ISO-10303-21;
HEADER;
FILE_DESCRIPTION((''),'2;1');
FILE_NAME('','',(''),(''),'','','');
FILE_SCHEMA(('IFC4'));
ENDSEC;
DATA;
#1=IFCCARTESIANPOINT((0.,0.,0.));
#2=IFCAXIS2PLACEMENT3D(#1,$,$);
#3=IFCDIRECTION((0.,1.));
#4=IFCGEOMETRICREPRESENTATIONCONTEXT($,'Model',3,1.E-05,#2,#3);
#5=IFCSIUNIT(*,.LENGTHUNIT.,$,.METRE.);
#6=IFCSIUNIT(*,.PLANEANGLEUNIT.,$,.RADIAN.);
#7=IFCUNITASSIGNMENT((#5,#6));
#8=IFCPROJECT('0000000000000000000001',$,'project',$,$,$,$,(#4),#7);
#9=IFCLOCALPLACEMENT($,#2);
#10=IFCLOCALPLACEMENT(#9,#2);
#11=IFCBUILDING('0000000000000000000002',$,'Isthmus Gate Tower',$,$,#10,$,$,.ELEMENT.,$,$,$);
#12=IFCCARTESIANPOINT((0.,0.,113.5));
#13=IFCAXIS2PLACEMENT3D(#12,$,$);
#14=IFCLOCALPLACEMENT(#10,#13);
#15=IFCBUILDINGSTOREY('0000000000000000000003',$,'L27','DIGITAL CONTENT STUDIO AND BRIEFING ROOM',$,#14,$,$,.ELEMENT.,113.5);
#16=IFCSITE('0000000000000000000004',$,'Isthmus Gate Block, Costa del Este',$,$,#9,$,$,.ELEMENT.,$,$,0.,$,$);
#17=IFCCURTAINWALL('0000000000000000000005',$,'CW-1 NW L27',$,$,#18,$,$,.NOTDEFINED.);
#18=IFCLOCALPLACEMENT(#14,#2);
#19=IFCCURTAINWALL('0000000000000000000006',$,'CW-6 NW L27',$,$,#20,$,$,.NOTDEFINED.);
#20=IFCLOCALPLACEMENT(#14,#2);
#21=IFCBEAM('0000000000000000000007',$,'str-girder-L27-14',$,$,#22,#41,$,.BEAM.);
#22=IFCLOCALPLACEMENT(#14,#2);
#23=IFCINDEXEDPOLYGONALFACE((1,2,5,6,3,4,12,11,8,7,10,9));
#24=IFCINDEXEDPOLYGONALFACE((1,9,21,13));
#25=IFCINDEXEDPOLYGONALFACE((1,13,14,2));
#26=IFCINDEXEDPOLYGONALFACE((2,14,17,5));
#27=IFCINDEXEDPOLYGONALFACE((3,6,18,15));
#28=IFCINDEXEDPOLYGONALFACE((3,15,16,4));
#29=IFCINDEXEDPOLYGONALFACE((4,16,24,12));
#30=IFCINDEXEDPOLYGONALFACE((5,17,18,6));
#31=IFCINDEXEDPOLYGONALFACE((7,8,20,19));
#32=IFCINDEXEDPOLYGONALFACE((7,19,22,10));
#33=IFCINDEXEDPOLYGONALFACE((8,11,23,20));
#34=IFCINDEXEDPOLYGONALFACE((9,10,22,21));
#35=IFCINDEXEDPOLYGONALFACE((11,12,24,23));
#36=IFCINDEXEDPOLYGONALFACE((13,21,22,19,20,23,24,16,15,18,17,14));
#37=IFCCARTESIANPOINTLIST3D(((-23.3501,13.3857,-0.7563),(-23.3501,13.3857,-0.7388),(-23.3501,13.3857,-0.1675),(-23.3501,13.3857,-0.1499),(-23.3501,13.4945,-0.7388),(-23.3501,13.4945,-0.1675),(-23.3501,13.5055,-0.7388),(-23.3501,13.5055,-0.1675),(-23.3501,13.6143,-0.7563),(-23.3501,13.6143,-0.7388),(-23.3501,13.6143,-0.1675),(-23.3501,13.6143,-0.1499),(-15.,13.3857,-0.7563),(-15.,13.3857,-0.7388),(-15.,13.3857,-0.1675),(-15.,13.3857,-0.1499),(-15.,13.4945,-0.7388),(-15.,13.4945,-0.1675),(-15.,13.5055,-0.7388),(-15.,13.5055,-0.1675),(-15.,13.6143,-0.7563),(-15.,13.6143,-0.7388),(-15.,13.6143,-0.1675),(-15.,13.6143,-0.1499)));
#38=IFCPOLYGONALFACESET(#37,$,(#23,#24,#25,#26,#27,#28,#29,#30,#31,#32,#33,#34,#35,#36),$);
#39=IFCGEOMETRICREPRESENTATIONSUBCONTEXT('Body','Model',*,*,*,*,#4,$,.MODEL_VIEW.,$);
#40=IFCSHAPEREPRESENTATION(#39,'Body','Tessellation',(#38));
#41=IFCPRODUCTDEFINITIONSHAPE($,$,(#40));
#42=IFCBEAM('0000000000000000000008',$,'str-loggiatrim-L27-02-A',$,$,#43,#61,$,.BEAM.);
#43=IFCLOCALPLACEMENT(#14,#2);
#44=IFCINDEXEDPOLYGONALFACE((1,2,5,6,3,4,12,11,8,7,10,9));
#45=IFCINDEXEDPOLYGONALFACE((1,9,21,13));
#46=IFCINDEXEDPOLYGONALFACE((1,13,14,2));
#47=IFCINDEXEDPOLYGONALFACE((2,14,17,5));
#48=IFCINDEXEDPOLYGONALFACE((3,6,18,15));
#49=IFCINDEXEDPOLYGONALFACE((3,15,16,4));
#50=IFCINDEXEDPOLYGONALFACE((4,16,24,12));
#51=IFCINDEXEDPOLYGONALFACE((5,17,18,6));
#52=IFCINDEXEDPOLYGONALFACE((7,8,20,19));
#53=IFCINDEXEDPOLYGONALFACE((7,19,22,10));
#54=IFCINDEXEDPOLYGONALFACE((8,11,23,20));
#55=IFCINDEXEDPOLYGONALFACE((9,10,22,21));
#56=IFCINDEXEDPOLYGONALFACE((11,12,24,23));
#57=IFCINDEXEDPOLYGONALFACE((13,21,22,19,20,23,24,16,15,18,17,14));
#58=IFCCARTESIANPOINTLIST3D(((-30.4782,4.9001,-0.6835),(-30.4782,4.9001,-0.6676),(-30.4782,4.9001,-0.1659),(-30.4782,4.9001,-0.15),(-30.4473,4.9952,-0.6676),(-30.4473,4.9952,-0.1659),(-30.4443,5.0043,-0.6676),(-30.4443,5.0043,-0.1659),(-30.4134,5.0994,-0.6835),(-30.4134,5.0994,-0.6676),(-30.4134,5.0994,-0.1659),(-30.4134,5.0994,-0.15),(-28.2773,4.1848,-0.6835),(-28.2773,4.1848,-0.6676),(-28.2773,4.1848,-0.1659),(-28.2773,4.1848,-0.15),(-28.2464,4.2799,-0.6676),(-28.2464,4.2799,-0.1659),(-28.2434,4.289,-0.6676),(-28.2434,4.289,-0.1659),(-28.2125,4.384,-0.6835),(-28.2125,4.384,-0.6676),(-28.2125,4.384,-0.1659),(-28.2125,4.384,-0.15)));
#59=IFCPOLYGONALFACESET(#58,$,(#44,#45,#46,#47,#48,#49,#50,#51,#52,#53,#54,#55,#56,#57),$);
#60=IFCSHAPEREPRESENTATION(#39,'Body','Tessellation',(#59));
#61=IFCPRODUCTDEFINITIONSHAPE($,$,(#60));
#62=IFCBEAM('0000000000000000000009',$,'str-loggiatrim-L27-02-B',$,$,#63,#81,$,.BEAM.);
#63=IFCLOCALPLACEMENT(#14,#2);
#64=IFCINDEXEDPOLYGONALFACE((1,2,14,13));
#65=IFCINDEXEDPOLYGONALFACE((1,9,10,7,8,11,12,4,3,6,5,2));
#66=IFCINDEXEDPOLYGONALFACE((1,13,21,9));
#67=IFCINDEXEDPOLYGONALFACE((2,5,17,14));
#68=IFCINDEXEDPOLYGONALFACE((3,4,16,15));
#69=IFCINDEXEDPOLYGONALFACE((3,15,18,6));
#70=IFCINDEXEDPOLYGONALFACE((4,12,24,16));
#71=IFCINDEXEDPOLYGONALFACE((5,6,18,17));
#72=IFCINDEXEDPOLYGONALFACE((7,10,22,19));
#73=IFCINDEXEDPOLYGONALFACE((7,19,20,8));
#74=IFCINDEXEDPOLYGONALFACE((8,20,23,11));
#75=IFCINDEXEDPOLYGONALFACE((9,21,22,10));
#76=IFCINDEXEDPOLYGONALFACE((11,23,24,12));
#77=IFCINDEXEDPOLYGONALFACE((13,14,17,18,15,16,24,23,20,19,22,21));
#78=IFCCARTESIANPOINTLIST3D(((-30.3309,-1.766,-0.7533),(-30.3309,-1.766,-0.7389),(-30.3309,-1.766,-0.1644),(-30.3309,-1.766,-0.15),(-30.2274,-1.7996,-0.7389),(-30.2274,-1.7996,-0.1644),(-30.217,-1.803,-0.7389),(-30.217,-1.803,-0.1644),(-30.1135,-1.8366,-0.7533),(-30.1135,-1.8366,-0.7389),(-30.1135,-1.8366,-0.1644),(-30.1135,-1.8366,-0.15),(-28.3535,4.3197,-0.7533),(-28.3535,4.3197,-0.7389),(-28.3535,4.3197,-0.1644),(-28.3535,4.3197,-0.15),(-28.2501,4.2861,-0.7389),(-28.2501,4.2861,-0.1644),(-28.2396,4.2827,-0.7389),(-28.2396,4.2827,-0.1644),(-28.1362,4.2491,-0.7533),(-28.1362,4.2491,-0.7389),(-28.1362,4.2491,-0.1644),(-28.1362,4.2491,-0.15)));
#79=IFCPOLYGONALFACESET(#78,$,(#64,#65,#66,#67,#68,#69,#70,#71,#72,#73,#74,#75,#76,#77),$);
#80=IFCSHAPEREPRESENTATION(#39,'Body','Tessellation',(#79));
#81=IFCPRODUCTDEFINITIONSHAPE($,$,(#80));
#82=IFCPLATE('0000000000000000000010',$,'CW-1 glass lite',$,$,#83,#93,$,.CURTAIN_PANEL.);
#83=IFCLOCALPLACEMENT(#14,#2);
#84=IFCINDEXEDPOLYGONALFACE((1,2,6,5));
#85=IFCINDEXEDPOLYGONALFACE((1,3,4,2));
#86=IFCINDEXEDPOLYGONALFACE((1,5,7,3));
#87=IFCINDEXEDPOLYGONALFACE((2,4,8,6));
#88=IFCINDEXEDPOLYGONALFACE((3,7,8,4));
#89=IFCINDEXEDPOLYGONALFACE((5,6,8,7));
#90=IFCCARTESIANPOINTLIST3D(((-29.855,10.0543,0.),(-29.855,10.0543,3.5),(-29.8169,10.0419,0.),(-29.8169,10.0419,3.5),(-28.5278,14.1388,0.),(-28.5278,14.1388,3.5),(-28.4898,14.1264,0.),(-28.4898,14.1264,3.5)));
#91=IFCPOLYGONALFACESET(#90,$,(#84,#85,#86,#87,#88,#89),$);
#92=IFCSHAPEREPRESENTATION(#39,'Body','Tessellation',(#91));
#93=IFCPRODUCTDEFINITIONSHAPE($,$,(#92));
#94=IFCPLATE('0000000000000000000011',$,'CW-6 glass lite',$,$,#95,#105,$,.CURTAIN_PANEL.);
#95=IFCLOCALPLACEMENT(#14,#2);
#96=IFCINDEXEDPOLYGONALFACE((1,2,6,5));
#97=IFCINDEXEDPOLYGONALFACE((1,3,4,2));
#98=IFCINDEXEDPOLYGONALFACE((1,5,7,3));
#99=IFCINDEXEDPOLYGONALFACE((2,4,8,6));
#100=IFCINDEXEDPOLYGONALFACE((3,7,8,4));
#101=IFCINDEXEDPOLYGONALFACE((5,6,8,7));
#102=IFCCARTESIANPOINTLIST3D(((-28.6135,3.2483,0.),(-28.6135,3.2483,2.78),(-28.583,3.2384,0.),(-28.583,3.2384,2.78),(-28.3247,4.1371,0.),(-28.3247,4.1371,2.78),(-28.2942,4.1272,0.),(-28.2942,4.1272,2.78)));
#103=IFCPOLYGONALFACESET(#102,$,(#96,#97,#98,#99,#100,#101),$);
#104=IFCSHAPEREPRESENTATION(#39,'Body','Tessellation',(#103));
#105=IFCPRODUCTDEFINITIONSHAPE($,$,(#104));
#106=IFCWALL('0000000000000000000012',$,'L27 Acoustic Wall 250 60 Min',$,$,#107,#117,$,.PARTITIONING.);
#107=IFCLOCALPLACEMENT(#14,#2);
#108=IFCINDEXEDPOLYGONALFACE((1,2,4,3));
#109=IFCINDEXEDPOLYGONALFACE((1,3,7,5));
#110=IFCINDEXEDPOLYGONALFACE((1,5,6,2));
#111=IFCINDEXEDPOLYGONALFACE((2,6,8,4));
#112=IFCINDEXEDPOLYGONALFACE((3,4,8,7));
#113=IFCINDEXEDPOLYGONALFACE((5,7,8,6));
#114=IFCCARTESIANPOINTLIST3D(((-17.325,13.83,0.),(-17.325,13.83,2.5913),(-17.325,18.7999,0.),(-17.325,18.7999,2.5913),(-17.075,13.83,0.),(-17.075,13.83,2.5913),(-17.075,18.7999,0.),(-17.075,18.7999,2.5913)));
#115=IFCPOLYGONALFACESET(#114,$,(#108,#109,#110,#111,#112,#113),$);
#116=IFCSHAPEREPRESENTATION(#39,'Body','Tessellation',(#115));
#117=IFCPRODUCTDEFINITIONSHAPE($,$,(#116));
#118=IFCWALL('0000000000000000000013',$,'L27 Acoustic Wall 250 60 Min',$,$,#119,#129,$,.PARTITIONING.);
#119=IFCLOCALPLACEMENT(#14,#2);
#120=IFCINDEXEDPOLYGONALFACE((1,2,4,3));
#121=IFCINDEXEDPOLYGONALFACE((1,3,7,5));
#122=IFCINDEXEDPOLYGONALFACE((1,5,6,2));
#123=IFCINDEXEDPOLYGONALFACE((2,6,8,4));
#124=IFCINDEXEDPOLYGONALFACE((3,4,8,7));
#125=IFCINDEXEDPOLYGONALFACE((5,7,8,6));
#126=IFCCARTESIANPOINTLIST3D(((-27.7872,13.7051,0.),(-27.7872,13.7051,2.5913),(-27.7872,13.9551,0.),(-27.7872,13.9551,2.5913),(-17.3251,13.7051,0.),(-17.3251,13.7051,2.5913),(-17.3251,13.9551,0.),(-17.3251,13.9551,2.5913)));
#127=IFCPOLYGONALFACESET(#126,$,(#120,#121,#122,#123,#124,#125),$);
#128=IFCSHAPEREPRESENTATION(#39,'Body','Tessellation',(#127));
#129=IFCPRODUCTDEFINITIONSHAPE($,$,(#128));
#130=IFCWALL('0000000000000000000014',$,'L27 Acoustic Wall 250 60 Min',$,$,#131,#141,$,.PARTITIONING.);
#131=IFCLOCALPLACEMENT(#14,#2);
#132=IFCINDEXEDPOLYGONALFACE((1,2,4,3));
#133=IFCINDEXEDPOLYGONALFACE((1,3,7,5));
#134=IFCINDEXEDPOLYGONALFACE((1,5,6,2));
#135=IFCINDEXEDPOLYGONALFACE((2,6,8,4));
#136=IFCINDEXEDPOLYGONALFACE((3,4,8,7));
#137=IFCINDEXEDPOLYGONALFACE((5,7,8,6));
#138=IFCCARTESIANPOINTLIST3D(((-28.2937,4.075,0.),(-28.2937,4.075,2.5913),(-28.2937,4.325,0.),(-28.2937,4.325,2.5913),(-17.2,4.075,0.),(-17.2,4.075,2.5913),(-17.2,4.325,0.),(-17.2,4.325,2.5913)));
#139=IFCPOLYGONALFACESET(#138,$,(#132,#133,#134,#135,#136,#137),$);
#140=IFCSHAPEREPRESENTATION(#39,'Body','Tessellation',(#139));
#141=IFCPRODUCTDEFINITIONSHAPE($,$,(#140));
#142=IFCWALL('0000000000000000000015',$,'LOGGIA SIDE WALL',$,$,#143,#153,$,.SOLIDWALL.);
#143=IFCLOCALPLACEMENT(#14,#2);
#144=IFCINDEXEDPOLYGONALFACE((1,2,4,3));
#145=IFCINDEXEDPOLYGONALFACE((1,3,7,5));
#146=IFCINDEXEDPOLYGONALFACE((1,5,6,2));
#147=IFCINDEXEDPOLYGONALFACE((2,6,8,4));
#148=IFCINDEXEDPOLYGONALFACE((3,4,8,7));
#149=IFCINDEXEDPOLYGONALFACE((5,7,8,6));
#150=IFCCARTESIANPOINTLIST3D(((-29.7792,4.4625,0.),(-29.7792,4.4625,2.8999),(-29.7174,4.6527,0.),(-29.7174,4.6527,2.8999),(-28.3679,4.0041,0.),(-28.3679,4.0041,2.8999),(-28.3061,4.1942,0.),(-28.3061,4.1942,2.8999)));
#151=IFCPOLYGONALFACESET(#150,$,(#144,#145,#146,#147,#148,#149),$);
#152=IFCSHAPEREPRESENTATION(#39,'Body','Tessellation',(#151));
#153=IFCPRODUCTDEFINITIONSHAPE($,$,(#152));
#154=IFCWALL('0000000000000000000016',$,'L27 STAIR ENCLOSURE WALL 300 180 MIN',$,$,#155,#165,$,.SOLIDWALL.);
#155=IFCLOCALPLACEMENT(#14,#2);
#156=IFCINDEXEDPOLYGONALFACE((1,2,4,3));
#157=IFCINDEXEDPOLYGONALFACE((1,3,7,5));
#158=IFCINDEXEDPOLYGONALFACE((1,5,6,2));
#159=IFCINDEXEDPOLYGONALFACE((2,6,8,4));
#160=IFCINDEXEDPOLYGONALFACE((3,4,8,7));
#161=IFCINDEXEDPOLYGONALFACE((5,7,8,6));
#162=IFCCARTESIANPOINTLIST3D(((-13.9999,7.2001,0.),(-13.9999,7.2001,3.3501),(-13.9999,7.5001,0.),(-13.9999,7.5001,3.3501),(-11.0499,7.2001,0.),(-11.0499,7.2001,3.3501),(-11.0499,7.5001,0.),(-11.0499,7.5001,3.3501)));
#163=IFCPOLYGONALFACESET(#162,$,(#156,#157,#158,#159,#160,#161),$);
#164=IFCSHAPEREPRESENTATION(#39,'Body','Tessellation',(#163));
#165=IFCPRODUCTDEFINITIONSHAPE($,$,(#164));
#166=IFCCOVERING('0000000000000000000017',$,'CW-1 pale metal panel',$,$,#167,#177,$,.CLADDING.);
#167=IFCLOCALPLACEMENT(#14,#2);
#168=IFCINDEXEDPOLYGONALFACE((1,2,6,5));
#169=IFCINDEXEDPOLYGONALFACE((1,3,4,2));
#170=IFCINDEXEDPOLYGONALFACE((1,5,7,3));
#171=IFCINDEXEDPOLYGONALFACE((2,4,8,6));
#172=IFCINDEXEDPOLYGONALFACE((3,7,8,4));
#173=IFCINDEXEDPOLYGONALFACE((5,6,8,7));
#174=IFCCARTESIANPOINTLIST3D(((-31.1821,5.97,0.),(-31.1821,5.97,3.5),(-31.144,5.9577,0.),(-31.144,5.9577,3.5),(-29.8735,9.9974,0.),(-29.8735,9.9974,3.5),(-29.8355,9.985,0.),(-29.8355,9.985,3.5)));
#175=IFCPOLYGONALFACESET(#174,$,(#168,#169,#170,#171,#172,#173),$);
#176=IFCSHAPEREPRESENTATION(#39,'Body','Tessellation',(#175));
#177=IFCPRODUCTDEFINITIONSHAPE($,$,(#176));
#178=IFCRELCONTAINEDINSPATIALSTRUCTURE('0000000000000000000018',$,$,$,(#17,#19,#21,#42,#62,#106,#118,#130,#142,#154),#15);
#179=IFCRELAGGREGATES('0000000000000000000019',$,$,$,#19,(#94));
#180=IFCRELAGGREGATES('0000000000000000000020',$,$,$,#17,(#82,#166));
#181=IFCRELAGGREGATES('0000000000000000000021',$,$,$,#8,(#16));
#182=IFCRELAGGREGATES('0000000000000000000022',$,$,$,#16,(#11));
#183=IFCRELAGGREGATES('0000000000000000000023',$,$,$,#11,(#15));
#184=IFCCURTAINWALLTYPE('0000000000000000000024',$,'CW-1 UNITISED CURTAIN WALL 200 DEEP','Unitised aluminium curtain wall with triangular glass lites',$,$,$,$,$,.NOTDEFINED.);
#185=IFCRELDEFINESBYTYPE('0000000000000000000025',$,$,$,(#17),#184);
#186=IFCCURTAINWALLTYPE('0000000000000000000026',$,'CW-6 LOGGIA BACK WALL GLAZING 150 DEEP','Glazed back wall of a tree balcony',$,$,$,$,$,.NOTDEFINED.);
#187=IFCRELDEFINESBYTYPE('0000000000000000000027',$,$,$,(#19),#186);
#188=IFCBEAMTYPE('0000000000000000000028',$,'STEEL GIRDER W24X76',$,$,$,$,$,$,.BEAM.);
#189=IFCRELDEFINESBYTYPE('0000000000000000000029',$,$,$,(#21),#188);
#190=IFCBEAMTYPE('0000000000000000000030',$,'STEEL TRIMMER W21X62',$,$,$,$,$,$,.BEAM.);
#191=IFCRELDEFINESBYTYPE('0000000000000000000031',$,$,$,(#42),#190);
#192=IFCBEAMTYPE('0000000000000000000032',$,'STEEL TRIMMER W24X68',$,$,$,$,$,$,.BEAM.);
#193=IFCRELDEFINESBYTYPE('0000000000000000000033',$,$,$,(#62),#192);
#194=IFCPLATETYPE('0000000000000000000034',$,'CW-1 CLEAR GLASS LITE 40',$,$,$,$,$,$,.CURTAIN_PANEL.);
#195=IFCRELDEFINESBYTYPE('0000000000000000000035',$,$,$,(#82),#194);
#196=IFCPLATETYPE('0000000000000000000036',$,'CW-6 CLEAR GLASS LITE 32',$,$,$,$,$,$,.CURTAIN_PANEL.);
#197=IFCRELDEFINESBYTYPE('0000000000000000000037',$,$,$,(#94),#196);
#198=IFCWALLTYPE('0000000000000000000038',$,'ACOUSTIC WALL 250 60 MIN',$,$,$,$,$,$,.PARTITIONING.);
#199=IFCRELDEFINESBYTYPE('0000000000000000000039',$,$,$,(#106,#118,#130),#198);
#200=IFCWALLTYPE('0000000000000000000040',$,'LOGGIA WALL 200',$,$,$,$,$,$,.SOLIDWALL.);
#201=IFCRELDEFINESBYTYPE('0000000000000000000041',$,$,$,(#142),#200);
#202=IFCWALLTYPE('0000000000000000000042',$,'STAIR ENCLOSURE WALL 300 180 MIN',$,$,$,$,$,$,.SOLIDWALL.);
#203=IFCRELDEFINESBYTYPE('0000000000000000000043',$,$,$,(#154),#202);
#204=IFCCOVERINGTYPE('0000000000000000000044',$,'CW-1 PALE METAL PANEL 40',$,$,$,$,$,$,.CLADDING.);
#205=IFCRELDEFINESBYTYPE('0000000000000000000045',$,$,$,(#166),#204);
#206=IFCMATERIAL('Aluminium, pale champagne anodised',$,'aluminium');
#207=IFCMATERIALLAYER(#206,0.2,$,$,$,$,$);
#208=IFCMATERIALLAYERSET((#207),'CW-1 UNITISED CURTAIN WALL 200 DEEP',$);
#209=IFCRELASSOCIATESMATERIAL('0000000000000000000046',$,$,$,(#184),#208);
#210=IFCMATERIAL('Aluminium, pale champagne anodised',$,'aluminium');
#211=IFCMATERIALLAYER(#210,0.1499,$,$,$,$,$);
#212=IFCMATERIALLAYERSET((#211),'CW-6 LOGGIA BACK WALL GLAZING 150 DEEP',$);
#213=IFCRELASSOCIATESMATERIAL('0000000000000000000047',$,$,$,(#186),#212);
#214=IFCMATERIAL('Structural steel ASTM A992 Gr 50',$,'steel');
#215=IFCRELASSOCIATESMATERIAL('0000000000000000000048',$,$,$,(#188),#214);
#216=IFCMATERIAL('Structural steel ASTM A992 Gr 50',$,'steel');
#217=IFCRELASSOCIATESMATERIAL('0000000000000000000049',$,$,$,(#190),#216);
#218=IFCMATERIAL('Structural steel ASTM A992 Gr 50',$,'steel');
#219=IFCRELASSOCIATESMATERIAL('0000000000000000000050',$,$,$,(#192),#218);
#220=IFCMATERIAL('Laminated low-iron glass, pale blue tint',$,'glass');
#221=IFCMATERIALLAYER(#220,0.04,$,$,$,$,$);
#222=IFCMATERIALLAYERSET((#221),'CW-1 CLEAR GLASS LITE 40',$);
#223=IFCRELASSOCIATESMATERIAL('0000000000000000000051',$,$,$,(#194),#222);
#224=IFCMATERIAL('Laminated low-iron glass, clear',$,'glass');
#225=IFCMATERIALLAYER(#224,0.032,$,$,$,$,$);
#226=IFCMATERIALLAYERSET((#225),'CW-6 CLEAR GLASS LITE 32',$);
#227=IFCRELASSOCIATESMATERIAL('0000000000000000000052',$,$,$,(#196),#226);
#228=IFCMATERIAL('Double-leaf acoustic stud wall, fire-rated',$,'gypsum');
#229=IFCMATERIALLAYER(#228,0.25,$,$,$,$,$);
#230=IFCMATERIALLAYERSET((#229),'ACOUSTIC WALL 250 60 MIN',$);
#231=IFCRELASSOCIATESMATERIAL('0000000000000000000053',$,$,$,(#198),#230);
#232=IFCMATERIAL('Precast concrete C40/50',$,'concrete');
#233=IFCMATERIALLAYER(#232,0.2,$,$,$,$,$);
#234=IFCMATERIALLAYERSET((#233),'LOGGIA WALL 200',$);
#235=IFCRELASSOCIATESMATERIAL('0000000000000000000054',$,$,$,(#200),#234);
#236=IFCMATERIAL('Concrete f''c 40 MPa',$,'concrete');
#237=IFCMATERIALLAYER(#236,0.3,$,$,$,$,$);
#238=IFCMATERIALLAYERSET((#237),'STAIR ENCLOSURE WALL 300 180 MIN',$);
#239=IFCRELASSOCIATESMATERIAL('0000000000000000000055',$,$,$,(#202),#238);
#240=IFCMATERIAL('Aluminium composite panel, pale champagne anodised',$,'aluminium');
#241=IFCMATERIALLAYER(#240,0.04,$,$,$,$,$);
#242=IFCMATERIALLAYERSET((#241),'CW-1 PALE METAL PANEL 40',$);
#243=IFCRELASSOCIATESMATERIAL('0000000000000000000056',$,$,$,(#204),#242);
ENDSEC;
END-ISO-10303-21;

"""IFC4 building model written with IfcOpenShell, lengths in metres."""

from ifc_helpers import new_model, si_unit, direction, frame, frame_2d, origin, origin_2d, place, context, subcontext, project, spatial, rectangle, i_section, extrude, material, layer, layer_set, material_profile, profile_set, type_object, element, aggregate, save


model = new_model("IFC4")

# Units and contexts
model_context = context("Model", 3, precision=1e-05, world=origin(), true_north=direction((0.0, 1.0)))
body_context = subcontext(model_context, "Body", "Model", "MODEL_VIEW")
ifc_project = project(units=[si_unit("LENGTHUNIT", "METRE"), si_unit("PLANEANGLEUNIT", "RADIAN")], contexts=[model_context])

# Site, building, storey
site_placement = place(None, origin())
site = spatial("IfcSite", under=ifc_project, at=site_placement, Name="Isthmus Gate Block, Costa del Este", CompositionType="ELEMENT", RefElevation=0.0)
building_placement = place(site_placement, origin())
building = spatial("IfcBuilding", under=site, at=building_placement, Name="Isthmus Gate Tower", CompositionType="ELEMENT")
storey_placement = place(building_placement, frame((0.0, 0.0, 113.5)))
storey = spatial("IfcBuildingStorey", under=building, at=storey_placement, Name="L27", Description="DIGITAL CONTENT STUDIO AND BRIEFING ROOM", CompositionType="ELEMENT", Elevation=113.5)

# Curtain walls
ifc_material_1 = material(Name="Aluminium, pale champagne anodised", Category="aluminium")
ifc_layer_1 = layer(ifc_material_1, 0.2)
ifc_layer_set_1 = layer_set([ifc_layer_1], Name="CW-1 UNITISED CURTAIN WALL 200 DEEP")
curtain_wall_type_1 = type_object("IfcCurtainWallType", Name="CW-1 UNITISED CURTAIN WALL 200 DEEP", Description="Unitised aluminium curtain wall with triangular glass lites", PredefinedType="NOTDEFINED", material=ifc_layer_set_1)
curtain_wall_1_placement = place(storey_placement, origin())
curtain_wall_1 = element("IfcCurtainWall", 1, at=curtain_wall_1_placement, inside=storey, type_object=curtain_wall_type_1, Name="CW-1 NW L27", PredefinedType="NOTDEFINED")
ifc_material_2 = material(Name="Aluminium, pale champagne anodised", Category="aluminium")
ifc_layer_2 = layer(ifc_material_2, 0.1499)
ifc_layer_set_2 = layer_set([ifc_layer_2], Name="CW-6 LOGGIA BACK WALL GLAZING 150 DEEP")
curtain_wall_type_2 = type_object("IfcCurtainWallType", Name="CW-6 LOGGIA BACK WALL GLAZING 150 DEEP", Description="Glazed back wall of a tree balcony", PredefinedType="NOTDEFINED", material=ifc_layer_set_2)
curtain_wall_2_placement = place(storey_placement, origin())
curtain_wall_2 = element("IfcCurtainWall", 2, at=curtain_wall_2_placement, inside=storey, type_object=curtain_wall_type_2, Name="CW-6 NW L27", PredefinedType="NOTDEFINED")

# Beams
ifc_material_3 = material(Name="Structural steel ASTM A992 Gr 50", Category="steel")
ifc_material_profile_1 = material_profile(ifc_material_3, i_section(OverallWidth=0.2285, OverallDepth=0.6064, WebThickness=0.011, FlangeThickness=0.0176, at=origin_2d()), Name="W24X76")
ifc_profile_set_1 = profile_set([ifc_material_profile_1], Name="Structural steel ASTM A992 Gr 50")
beam_type_1 = type_object("IfcBeamType", Name="STEEL GIRDER W24X76", PredefinedType="BEAM", material=ifc_profile_set_1)
for number, where, z_axis, x_axis, name in (
    (3, (-23.3501, 13.5, -0.4531), (1.0, 0.0, 0.0), (0.0, 1.0, 0.0), "str-girder-L27-14"),
):
    element("IfcBeam", number, at=place(storey_placement, frame(where, z_axis=z_axis, x_axis=x_axis)), inside=storey, type_object=beam_type_1, Name=name, PredefinedType="BEAM", context=body_context, shape_type="SweptSolid", body=[
        extrude(i_section(OverallWidth=0.2285, OverallDepth=0.6064, WebThickness=0.011, FlangeThickness=0.0176, at=origin_2d()), origin(), (0.0, 0.0, 1.0), 8.3501),
    ])
ifc_material_4 = material(Name="Structural steel ASTM A992 Gr 50", Category="steel")
ifc_material_profile_2 = material_profile(ifc_material_4, i_section(OverallWidth=0.2095, OverallDepth=0.5334, WebThickness=0.0095, FlangeThickness=0.0159, at=origin_2d()), Name="W21X62")
ifc_profile_set_2 = profile_set([ifc_material_profile_2], Name="Structural steel ASTM A992 Gr 50")
beam_type_2 = type_object("IfcBeamType", Name="STEEL TRIMMER W21X62", PredefinedType="BEAM", material=ifc_profile_set_2)
beam_1_placement = place(storey_placement, frame((-30.4458, 4.9998, -0.4167), z_axis=(0.95103, -0.309098, 0.0), x_axis=(0.309098, 0.95103, 0.0)))
element("IfcBeam", 4, at=beam_1_placement, inside=storey, type_object=beam_type_2, Name="str-loggiatrim-L27-02-A", PredefinedType="BEAM", context=body_context, shape_type="SweptSolid", body=[
    extrude(i_section(OverallWidth=0.2095, OverallDepth=0.5334, WebThickness=0.0095, FlangeThickness=0.0159, at=origin_2d()), origin(), (0.0, 0.0, 1.0), 2.3142),
])
ifc_material_5 = material(Name="Structural steel ASTM A992 Gr 50", Category="steel")
ifc_material_profile_3 = material_profile(ifc_material_5, i_section(OverallWidth=0.2285, OverallDepth=0.6033, WebThickness=0.011, FlangeThickness=0.0144, at=origin_2d()), Name="W24X68")
ifc_profile_set_3 = profile_set([ifc_material_profile_3], Name="Structural steel ASTM A992 Gr 50")
beam_type_3 = type_object("IfcBeamType", Name="STEEL TRIMMER W24X68", PredefinedType="BEAM", material=ifc_profile_set_3)
beam_2_placement = place(storey_placement, frame((-28.2449, 4.2844, -0.4517), z_axis=(-0.309008, -0.95106, 0.0), x_axis=(0.95106, -0.309008, 0.0)))
element("IfcBeam", 5, at=beam_2_placement, inside=storey, type_object=beam_type_3, Name="str-loggiatrim-L27-02-B", PredefinedType="BEAM", context=body_context, shape_type="SweptSolid", body=[
    extrude(i_section(OverallWidth=0.2285, OverallDepth=0.6033, WebThickness=0.011, FlangeThickness=0.0144, at=origin_2d()), origin(), (0.0, 0.0, 1.0), 6.3989),
])

# Plates
ifc_material_6 = material(Name="Laminated low-iron glass, pale blue tint", Category="glass")
ifc_layer_3 = layer(ifc_material_6, 0.04)
ifc_layer_set_3 = layer_set([ifc_layer_3], Name="CW-1 CLEAR GLASS LITE 40")
plate_type_1 = type_object("IfcPlateType", Name="CW-1 CLEAR GLASS LITE 40", PredefinedType="CURTAIN_PANEL", material=ifc_layer_set_3)
plate_1_placement = place(storey_placement, frame((-29.1724, 12.0903, 0.0), z_axis=(0.0, 0.0, 1.0), x_axis=(-0.309017, -0.951057, 0.0)))
plate_1 = element("IfcPlate", 6, at=plate_1_placement, type_object=plate_type_1, Name="CW-1 glass lite", PredefinedType="CURTAIN_PANEL", context=body_context, shape_type="SweptSolid", body=[
    extrude(rectangle(XDim=4.2947, YDim=0.04, at=origin_2d()), origin(), (0.0, 0.0, 1.0), 3.5),
])
ifc_material_7 = material(Name="Laminated low-iron glass, clear", Category="glass")
ifc_layer_4 = layer(ifc_material_7, 0.032)
ifc_layer_set_4 = layer_set([ifc_layer_4], Name="CW-6 CLEAR GLASS LITE 32")
plate_type_2 = type_object("IfcPlateType", Name="CW-6 CLEAR GLASS LITE 32", PredefinedType="CURTAIN_PANEL", material=ifc_layer_set_4)
plate_2_placement = place(storey_placement, frame((-28.4539, 3.6877, 0.0), z_axis=(0.0, 0.0, 1.0), x_axis=(-0.309017, -0.951057, 0.0)))
plate_2 = element("IfcPlate", 7, at=plate_2_placement, type_object=plate_type_2, Name="CW-6 glass lite", PredefinedType="CURTAIN_PANEL", context=body_context, shape_type="SweptSolid", body=[
    extrude(rectangle(XDim=0.9346, YDim=0.032, at=origin_2d()), origin(), (0.0, 0.0, 1.0), 2.78),
])
aggregate(curtain_wall_2, [plate_2])

# Walls
ifc_material_8 = material(Name="Double-leaf acoustic stud wall, fire-rated", Category="gypsum")
ifc_layer_5 = layer(ifc_material_8, 0.25)
ifc_layer_set_5 = layer_set([ifc_layer_5], Name="ACOUSTIC WALL 250 60 MIN")
wall_type_1 = type_object("IfcWallType", Name="ACOUSTIC WALL 250 60 MIN", PredefinedType="PARTITIONING", material=ifc_layer_set_5)
wall_1_placement = place(storey_placement, frame((-17.2, 13.8301, 0.0), z_axis=(0.0, 0.0, 1.0), x_axis=(0.0, 1.0, 0.0)))
element("IfcWall", 8, at=wall_1_placement, inside=storey, type_object=wall_type_1, Name="L27 Acoustic Wall 250 60 Min", PredefinedType="PARTITIONING", context=body_context, shape_type="SweptSolid", body=[
    extrude(rectangle(XDim=4.97, YDim=0.25, at=frame_2d((2.4849, 0.0))), origin(), (0.0, 0.0, 1.0), 2.5913),
])
wall_2_placement = place(storey_placement, frame((-27.7871, 13.8301, 0.0), z_axis=(0.0, 0.0, 1.0), x_axis=(1.0, 0.0, 0.0)))
element("IfcWall", 9, at=wall_2_placement, inside=storey, type_object=wall_type_1, Name="L27 Acoustic Wall 250 60 Min", PredefinedType="PARTITIONING", context=body_context, shape_type="SweptSolid", body=[
    extrude(rectangle(XDim=10.4622, YDim=0.25, at=frame_2d((5.231, 0.0))), origin(), (0.0, 0.0, 1.0), 2.5913),
])
wall_3_placement = place(storey_placement, frame((-28.2937, 4.2, 0.0), z_axis=(0.0, 0.0, 1.0), x_axis=(1.0, 0.0, 0.0)))
element("IfcWall", 10, at=wall_3_placement, inside=storey, type_object=wall_type_1, Name="L27 Acoustic Wall 250 60 Min", PredefinedType="PARTITIONING", context=body_context, shape_type="SweptSolid", body=[
    extrude(rectangle(XDim=11.0938, YDim=0.25, at=frame_2d((5.5469, 0.0))), origin(), (0.0, 0.0, 1.0), 2.5913),
])
ifc_material_9 = material(Name="Precast concrete C40/50", Category="concrete")
ifc_layer_6 = layer(ifc_material_9, 0.2)
ifc_layer_set_6 = layer_set([ifc_layer_6], Name="LOGGIA WALL 200")
wall_type_2 = type_object("IfcWallType", Name="LOGGIA WALL 200", PredefinedType="SOLIDWALL", material=ifc_layer_set_6)
wall_4_placement = place(storey_placement, frame((-29.7483, 4.5576, 0.0), z_axis=(0.0, 0.0, 1.0), x_axis=(0.951074, -0.308963, 0.0)))
element("IfcWall", 11, at=wall_4_placement, inside=storey, type_object=wall_type_2, Name="LOGGIA SIDE WALL", PredefinedType="SOLIDWALL", context=body_context, shape_type="SweptSolid", body=[
    extrude(rectangle(XDim=1.4839, YDim=0.2, at=frame_2d((0.7419, 0.0))), origin(), (0.0, 0.0, 1.0), 2.8999),
])
ifc_material_10 = material(Name="Concrete f'c 40 MPa", Category="concrete")
ifc_layer_7 = layer(ifc_material_10, 0.3)
ifc_layer_set_7 = layer_set([ifc_layer_7], Name="STAIR ENCLOSURE WALL 300 180 MIN")
wall_type_3 = type_object("IfcWallType", Name="STAIR ENCLOSURE WALL 300 180 MIN", PredefinedType="SOLIDWALL", material=ifc_layer_set_7)
wall_5_placement = place(storey_placement, frame((-14.0, 7.3501, 0.0), z_axis=(0.0, 0.0, 1.0), x_axis=(1.0, 0.0, 0.0)))
element("IfcWall", 12, at=wall_5_placement, inside=storey, type_object=wall_type_3, Name="L27 STAIR ENCLOSURE WALL 300 180 MIN", PredefinedType="SOLIDWALL", context=body_context, shape_type="SweptSolid", body=[
    extrude(rectangle(XDim=2.95, YDim=0.3, at=frame_2d((1.4751, 0.0))), origin(), (0.0, 0.0, 1.0), 3.3501),
])

# Covering
ifc_material_11 = material(Name="Aluminium composite panel, pale champagne anodised", Category="aluminium")
ifc_layer_8 = layer(ifc_material_11, 0.04)
ifc_layer_set_8 = layer_set([ifc_layer_8], Name="CW-1 PALE METAL PANEL 40")
covering_type = type_object("IfcCoveringType", Name="CW-1 PALE METAL PANEL 40", PredefinedType="CLADDING", material=ifc_layer_set_8)
covering_placement = place(storey_placement, frame((-30.5088, 7.9775, 0.0), z_axis=(0.0, 0.0, 1.0), x_axis=(-0.309017, -0.951057, 0.0)))
covering = element("IfcCovering", 13, at=covering_placement, type_object=covering_type, Name="CW-1 pale metal panel", PredefinedType="CLADDING", context=body_context, shape_type="SweptSolid", body=[
    extrude(rectangle(XDim=4.2346, YDim=0.04, at=origin_2d()), origin(), (0.0, 0.0, 1.0), 3.5),
])
aggregate(curtain_wall_1, [plate_1, covering])

save(model, "model.ifc")
